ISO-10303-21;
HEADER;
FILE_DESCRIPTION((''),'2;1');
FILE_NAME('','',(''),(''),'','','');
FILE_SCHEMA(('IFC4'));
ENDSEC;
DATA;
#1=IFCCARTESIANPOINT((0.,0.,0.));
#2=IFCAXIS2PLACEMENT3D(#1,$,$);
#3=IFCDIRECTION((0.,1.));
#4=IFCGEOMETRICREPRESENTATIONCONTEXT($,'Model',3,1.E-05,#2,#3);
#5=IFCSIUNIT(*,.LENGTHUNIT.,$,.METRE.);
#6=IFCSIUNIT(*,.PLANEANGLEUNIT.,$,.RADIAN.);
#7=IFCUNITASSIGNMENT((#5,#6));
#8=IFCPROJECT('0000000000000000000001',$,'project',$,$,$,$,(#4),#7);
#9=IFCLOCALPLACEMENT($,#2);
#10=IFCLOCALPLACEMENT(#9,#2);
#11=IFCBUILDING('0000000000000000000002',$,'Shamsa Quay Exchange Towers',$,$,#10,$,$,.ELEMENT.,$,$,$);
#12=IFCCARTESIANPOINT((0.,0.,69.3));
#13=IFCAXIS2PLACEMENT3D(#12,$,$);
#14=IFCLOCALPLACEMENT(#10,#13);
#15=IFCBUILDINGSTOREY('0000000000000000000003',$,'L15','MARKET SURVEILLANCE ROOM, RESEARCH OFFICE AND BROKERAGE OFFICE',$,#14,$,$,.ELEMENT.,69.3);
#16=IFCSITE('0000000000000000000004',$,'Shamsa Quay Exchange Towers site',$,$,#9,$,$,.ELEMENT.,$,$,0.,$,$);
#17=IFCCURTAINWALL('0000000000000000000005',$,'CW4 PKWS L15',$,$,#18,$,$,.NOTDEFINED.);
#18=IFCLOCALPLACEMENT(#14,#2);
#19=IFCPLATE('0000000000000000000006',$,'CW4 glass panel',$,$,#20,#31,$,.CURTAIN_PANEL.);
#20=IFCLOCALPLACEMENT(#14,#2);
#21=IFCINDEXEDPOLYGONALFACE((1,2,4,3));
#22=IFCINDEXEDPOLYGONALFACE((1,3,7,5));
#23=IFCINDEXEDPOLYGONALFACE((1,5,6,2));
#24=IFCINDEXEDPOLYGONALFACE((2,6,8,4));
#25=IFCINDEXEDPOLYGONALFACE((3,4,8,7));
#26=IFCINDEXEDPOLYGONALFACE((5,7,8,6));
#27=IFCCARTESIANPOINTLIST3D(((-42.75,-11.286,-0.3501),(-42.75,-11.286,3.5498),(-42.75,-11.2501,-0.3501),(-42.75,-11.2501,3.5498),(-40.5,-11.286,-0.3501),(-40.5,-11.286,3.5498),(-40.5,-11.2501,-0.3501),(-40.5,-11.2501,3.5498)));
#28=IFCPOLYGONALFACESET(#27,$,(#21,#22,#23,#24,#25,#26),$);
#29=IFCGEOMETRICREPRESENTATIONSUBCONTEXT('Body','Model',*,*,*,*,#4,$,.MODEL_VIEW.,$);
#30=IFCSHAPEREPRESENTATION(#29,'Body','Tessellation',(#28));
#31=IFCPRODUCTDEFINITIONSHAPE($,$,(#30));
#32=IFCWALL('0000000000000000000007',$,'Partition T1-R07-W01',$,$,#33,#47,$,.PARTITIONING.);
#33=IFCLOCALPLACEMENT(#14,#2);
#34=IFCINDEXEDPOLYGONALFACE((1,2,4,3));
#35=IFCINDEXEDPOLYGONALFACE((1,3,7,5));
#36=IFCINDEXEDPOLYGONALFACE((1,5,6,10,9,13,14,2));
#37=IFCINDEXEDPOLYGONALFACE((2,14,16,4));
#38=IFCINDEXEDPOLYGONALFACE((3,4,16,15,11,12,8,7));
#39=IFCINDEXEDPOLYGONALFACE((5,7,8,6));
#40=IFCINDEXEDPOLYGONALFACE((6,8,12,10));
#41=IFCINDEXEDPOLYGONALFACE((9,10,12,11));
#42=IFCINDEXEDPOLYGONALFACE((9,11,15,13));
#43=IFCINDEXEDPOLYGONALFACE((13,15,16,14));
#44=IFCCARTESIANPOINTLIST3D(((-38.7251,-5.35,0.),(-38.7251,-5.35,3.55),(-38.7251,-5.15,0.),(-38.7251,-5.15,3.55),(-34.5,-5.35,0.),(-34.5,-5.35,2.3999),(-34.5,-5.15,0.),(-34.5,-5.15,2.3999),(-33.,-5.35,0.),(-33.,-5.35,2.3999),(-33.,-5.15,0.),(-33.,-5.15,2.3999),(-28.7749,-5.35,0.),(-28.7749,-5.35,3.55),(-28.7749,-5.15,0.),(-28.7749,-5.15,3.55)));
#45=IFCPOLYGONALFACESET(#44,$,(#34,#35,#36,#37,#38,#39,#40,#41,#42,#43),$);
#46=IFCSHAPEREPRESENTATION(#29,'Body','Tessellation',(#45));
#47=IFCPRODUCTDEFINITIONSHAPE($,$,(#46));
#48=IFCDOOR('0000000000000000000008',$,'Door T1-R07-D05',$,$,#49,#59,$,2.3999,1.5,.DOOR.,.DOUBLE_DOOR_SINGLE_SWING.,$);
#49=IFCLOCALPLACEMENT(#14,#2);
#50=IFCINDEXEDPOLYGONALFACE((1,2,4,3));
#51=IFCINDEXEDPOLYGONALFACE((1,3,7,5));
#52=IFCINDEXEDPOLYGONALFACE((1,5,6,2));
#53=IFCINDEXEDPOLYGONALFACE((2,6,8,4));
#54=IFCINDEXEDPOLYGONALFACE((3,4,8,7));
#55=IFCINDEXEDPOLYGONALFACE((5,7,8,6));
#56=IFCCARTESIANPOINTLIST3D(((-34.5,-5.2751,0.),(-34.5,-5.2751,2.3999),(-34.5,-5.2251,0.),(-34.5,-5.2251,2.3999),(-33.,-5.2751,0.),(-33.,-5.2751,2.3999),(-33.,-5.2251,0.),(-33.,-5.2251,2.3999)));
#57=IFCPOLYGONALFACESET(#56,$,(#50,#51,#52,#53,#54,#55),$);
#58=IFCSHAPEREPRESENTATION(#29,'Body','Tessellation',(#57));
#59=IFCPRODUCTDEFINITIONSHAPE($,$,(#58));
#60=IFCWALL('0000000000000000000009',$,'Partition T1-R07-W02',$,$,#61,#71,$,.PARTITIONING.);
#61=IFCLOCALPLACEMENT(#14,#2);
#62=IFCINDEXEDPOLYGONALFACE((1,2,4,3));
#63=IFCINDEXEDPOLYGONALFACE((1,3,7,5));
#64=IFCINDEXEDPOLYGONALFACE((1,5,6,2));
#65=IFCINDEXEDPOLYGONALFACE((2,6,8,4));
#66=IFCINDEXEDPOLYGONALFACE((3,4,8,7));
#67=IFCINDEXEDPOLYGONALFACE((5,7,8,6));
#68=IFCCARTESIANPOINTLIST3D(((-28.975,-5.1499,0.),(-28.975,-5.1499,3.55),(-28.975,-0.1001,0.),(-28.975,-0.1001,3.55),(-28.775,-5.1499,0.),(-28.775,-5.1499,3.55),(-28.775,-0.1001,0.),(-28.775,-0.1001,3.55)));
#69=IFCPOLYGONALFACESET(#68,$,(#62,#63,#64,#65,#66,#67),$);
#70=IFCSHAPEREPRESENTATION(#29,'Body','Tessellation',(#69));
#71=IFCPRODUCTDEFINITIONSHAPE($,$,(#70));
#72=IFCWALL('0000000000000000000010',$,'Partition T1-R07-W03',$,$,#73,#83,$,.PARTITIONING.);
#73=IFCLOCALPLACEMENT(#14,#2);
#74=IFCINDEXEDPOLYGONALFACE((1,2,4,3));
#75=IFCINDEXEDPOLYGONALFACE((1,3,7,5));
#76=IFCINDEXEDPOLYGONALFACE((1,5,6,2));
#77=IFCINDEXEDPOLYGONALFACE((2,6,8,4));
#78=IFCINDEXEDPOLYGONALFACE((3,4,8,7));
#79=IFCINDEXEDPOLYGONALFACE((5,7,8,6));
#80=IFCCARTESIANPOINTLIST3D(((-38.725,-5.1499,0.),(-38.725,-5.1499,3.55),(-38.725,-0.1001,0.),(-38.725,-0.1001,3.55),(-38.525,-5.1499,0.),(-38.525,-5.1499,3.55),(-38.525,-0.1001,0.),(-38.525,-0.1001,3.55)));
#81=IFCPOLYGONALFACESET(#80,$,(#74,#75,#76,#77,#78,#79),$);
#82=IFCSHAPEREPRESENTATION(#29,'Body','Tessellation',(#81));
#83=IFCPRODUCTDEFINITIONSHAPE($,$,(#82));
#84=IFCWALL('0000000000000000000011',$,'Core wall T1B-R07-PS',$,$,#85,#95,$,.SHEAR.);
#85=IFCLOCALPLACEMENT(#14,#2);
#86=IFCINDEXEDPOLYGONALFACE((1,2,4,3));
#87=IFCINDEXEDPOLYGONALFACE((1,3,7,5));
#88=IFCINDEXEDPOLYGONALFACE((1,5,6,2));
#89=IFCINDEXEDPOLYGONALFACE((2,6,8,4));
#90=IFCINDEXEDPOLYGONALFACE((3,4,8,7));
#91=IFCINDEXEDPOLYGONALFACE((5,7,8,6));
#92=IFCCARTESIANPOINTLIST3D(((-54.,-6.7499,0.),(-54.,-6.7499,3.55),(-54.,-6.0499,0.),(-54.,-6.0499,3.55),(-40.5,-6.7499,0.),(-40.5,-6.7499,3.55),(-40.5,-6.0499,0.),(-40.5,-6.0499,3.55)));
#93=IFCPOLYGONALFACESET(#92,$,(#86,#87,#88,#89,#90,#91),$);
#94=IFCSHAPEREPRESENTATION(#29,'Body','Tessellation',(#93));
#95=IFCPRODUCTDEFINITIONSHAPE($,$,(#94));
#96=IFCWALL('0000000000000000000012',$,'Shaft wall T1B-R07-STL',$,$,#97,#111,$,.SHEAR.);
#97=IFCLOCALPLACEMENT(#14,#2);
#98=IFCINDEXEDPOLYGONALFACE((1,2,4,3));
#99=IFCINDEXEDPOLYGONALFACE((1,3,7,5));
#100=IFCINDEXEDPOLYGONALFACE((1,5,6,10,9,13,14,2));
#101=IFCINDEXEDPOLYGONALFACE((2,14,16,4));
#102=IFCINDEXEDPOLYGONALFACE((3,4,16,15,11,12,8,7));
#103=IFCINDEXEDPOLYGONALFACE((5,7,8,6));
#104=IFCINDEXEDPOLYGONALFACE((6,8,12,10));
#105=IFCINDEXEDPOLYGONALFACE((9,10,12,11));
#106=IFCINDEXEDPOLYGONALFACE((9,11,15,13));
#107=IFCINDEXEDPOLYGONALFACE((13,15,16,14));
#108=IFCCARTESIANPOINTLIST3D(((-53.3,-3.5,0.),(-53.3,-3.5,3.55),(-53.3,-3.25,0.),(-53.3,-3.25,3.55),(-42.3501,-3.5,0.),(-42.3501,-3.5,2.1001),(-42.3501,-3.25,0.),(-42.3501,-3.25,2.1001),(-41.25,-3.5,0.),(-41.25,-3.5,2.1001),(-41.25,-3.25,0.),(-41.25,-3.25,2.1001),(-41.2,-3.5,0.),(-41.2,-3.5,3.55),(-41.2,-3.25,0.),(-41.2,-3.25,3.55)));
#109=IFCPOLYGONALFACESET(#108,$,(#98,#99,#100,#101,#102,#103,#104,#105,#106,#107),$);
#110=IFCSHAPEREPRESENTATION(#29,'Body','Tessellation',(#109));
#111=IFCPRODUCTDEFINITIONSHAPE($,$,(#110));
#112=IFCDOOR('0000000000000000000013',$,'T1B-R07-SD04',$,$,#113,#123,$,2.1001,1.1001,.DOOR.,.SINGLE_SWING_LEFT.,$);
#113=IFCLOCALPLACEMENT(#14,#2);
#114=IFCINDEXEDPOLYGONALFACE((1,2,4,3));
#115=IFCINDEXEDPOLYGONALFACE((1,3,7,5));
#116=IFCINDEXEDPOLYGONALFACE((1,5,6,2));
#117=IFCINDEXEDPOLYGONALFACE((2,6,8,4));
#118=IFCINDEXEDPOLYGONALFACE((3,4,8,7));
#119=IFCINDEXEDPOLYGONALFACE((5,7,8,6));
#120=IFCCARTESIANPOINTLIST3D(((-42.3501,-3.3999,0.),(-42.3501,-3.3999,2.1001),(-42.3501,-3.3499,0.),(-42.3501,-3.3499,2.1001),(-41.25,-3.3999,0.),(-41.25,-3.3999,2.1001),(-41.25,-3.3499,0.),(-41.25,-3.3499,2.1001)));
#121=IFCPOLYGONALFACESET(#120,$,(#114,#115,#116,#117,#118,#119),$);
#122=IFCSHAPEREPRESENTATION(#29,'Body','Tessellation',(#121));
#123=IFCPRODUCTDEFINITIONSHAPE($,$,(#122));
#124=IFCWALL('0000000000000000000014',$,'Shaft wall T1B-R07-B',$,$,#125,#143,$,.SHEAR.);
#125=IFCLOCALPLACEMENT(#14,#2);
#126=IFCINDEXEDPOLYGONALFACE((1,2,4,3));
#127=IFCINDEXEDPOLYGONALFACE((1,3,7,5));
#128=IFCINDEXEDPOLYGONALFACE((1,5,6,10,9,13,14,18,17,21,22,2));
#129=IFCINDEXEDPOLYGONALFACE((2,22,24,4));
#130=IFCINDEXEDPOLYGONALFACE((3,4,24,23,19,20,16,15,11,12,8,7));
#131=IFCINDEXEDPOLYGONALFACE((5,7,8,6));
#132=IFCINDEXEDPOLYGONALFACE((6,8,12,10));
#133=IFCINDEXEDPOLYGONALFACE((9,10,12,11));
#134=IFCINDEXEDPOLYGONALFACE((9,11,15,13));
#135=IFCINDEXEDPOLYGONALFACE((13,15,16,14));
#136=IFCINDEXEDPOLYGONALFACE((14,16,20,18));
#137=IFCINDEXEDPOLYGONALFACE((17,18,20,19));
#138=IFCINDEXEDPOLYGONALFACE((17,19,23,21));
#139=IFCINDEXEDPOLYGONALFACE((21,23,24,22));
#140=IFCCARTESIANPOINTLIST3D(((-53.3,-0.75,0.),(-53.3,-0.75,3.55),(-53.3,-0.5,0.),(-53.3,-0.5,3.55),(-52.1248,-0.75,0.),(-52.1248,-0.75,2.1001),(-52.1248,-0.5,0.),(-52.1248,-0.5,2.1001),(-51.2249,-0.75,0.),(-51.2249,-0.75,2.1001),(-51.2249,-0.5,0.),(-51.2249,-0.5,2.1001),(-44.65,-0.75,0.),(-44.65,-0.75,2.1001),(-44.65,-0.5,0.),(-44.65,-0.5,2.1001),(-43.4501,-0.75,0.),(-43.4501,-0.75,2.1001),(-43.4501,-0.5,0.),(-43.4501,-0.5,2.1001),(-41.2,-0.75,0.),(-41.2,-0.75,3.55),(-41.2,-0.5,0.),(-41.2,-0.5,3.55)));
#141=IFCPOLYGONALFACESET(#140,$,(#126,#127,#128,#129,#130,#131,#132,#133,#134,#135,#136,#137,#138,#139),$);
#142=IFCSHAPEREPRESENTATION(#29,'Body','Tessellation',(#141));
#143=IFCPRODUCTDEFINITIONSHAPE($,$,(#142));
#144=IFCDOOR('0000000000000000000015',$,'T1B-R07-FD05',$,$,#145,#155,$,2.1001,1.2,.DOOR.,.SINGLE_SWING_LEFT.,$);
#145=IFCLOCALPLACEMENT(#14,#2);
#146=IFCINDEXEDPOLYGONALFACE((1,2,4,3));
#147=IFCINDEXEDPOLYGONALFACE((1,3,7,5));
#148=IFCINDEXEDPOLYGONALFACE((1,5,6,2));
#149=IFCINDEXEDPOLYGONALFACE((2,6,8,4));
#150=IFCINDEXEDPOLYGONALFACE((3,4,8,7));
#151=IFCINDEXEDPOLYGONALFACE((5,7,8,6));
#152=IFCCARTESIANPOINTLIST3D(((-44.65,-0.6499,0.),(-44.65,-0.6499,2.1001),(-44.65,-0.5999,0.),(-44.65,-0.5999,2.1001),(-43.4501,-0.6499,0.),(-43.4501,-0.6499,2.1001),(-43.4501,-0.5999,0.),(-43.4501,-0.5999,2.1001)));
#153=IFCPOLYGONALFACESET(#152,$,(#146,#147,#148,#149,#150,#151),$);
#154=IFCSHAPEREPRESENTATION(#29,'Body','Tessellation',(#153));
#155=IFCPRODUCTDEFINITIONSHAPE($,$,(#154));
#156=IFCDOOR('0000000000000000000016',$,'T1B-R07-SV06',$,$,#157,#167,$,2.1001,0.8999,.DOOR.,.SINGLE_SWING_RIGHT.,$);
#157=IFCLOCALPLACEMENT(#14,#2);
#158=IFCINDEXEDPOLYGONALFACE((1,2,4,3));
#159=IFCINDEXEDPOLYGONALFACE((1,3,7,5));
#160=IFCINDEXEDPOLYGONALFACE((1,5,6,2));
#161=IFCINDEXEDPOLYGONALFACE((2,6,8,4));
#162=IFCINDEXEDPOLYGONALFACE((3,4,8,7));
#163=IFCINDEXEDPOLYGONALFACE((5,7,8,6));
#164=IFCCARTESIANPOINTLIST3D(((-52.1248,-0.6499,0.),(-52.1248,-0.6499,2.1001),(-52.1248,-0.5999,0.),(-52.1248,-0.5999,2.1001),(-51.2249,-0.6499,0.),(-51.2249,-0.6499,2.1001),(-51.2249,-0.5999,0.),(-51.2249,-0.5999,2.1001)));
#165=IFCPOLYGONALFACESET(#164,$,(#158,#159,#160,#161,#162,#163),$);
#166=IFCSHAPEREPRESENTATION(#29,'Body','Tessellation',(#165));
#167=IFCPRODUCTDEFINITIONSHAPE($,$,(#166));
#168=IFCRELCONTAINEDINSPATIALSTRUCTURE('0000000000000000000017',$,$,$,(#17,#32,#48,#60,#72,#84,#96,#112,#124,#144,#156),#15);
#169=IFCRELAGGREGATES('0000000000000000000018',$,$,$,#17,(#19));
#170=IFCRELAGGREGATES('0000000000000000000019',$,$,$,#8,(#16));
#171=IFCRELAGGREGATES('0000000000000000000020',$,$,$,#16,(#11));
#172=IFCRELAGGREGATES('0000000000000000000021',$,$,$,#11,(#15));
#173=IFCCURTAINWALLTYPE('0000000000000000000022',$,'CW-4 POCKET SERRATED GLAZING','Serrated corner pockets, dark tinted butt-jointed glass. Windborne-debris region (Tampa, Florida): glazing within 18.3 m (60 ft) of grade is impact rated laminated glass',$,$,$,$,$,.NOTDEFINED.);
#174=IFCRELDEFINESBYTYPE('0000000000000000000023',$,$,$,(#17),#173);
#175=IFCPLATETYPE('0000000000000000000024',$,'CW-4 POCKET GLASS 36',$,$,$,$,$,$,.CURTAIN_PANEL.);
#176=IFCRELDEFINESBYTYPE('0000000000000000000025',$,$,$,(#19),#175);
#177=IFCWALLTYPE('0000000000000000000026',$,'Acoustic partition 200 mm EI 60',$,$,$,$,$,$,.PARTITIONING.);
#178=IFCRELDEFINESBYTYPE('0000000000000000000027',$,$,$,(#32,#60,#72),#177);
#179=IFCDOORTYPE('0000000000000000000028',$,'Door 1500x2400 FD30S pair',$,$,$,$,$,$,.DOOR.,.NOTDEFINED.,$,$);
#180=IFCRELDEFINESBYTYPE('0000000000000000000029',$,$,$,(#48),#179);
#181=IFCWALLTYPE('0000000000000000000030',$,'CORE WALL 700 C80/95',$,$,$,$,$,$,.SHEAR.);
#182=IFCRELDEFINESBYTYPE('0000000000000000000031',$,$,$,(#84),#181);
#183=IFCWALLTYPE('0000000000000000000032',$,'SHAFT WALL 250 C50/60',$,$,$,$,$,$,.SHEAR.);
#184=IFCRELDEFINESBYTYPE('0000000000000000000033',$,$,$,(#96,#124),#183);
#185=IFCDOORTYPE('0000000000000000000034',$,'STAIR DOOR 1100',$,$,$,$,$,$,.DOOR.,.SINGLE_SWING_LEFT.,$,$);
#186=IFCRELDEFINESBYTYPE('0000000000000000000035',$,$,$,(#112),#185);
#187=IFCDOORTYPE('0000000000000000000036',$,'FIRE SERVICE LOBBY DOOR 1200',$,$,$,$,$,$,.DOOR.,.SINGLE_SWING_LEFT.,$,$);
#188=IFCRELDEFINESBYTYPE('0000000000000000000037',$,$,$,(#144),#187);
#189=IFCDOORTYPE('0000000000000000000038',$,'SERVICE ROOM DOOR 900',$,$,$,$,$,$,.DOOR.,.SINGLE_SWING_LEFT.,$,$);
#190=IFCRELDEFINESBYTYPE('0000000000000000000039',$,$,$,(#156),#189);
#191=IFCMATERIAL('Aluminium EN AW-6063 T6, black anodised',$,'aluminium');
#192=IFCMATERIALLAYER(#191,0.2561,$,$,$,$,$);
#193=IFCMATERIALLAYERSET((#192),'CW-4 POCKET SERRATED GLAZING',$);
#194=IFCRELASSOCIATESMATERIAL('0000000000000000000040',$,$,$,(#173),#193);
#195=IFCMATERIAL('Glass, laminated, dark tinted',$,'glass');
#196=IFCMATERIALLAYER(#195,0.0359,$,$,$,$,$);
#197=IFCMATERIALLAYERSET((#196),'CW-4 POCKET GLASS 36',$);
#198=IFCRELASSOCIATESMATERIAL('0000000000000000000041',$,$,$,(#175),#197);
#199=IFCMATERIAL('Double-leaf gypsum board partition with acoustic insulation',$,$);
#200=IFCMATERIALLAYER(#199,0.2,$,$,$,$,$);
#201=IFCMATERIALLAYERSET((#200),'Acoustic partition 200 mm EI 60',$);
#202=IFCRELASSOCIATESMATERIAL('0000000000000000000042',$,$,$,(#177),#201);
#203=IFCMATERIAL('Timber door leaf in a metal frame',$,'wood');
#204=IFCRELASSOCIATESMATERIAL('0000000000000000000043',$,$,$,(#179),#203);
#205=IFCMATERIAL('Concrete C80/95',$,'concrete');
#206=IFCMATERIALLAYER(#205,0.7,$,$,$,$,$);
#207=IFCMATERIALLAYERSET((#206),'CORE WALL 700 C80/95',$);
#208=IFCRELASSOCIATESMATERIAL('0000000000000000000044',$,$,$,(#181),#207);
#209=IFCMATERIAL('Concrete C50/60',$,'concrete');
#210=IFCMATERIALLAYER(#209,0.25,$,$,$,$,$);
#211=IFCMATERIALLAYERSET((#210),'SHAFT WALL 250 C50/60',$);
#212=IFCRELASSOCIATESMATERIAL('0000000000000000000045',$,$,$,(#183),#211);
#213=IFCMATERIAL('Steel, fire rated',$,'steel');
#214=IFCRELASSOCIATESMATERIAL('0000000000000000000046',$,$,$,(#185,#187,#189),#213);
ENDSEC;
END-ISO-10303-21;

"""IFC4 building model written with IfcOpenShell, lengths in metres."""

from ifc_helpers import new_model, si_unit, direction, frame, frame_2d, origin, origin_2d, place, context, subcontext, project, spatial, rectangle, extrude, material, layer, layer_set, type_object, element, fill, aggregate, save


model = new_model("IFC4")

# Units and contexts
model_context = context("Model", 3, precision=1e-05, world=origin(), true_north=direction((0.0, 1.0)))
body_context = subcontext(model_context, "Body", "Model", "MODEL_VIEW")
ifc_project = project(units=[si_unit("LENGTHUNIT", "METRE"), si_unit("PLANEANGLEUNIT", "RADIAN")], contexts=[model_context])

# Site, building, storey
site_placement = place(None, origin())
site = spatial("IfcSite", under=ifc_project, at=site_placement, Name="Shamsa Quay Exchange Towers site", CompositionType="ELEMENT", RefElevation=0.0)
building_placement = place(site_placement, origin())
building = spatial("IfcBuilding", under=site, at=building_placement, Name="Shamsa Quay Exchange Towers", CompositionType="ELEMENT")
storey_placement = place(building_placement, frame((0.0, 0.0, 69.3)))
storey = spatial("IfcBuildingStorey", under=building, at=storey_placement, Name="L15", Description="MARKET SURVEILLANCE ROOM, RESEARCH OFFICE AND BROKERAGE OFFICE", CompositionType="ELEMENT", Elevation=69.3)

# Shared definitions
ifc_material_1 = material(Name="Aluminium EN AW-6063 T6, black anodised", Category="aluminium")

# Shared definitions
ifc_material_2 = material(Name="Glass, laminated, dark tinted", Category="glass")

# Curtain wall, plate
ifc_layer_1 = layer(ifc_material_1, 0.2561)
ifc_layer_set_1 = layer_set([ifc_layer_1], Name="CW-4 POCKET SERRATED GLAZING")
curtain_wall_type_1 = type_object("IfcCurtainWallType", Name="CW-4 POCKET SERRATED GLAZING", Description="Serrated corner pockets, dark tinted butt-jointed glass. Windborne-debris region (Tampa, Florida): glazing within 18.3 m (60 ft) of grade is impact rated laminated glass", PredefinedType="NOTDEFINED", material=ifc_layer_set_1)
curtain_wall_1_placement = place(storey_placement, origin())
curtain_wall_1 = element("IfcCurtainWall", 1, at=curtain_wall_1_placement, inside=storey, type_object=curtain_wall_type_1, Name="CW4 PKWS L15", PredefinedType="NOTDEFINED")
ifc_layer_2 = layer(ifc_material_2, 0.0359)
ifc_layer_set_2 = layer_set([ifc_layer_2], Name="CW-4 POCKET GLASS 36")
plate_type_1 = type_object("IfcPlateType", Name="CW-4 POCKET GLASS 36", PredefinedType="CURTAIN_PANEL", material=ifc_layer_set_2)
plate_1_placement = place(storey_placement, frame((-41.625, -11.2681, -0.3501)))
plate_1 = element("IfcPlate", 2, at=plate_1_placement, type_object=plate_type_1, Name="CW4 glass panel", PredefinedType="CURTAIN_PANEL", context=body_context, shape_type="SweptSolid", body=[
    extrude(rectangle(XDim=2.25, YDim=0.0359, at=origin_2d()), origin(), (0.0, 0.0, 1.0), 3.8999),
])
aggregate(curtain_wall_1, [plate_1])

# Wall, opening, door
ifc_material_3 = material(Name="Double-leaf gypsum board partition with acoustic insulation")
ifc_layer_3 = layer(ifc_material_3, 0.2)
ifc_layer_set_3 = layer_set([ifc_layer_3], Name="Acoustic partition 200 mm EI 60")
wall_type_1 = type_object("IfcWallType", Name="Acoustic partition 200 mm EI 60", PredefinedType="PARTITIONING", material=ifc_layer_set_3)
wall_1_placement = place(storey_placement, frame((-38.7251, -5.25, 0.0)))
wall_1 = element("IfcWall", 3, at=wall_1_placement, inside=storey, type_object=wall_type_1, Name="Partition T1-R07-W01", PredefinedType="PARTITIONING", context=body_context, shape_type="SweptSolid", body=[
    extrude(rectangle(XDim=9.9502, YDim=0.2, at=frame_2d((4.9751, 0.0))), origin(), (0.0, 0.0, 1.0), 3.55),
])
opening_1_placement = place(wall_1_placement, frame((4.2251, 0.0, 0.0)))
opening_1 = element("IfcOpeningElement", 4, at=opening_1_placement, cuts=wall_1, PredefinedType="OPENING", context=body_context, shape_type="SweptSolid", body=[
    extrude(rectangle(XDim=1.5, YDim=2.3999, at=frame_2d((0.75, 1.2))), frame((0.0, 0.1099, 0.0), z_axis=(0.0, -1.0, 0.0), x_axis=(1.0, 0.0, 0.0)), (0.0, 0.0, 1.0), 0.22),
])
ifc_material_4 = material(Name="Timber door leaf in a metal frame", Category="wood")
door_type_1 = type_object("IfcDoorType", Name="Door 1500x2400 FD30S pair", OperationType="NOTDEFINED", PredefinedType="DOOR", material=ifc_material_4)
door_1_placement = place(opening_1_placement, origin())
door_1 = element("IfcDoor", 5, at=door_1_placement, inside=storey, type_object=door_type_1, Name="Door T1-R07-D05", OperationType="DOUBLE_DOOR_SINGLE_SWING", OverallHeight=2.3999, OverallWidth=1.5, PredefinedType="DOOR", context=body_context, shape_type="SweptSolid", body=[
    extrude(rectangle(XDim=1.5, YDim=2.3999, at=frame_2d((0.75, 1.2))), frame((0.0, 0.0249, 0.0), z_axis=(0.0, -1.0, 0.0), x_axis=(1.0, 0.0, 0.0)), (0.0, 0.0, 1.0), 0.05),
])
fill(opening_1, door_1)

# Walls
for number, where, z_axis, x_axis, name in (
    (6, (-28.875, -5.1499, 0.0), (0.0, 0.0, 1.0), (0.0, 1.0, 0.0), "Partition T1-R07-W02"),
    (7, (-38.625, -0.1001, 0.0), (0.0, 0.0, 1.0), (0.0, -1.0, 0.0), "Partition T1-R07-W03"),
):
    element("IfcWall", number, at=place(storey_placement, frame(where, z_axis=z_axis, x_axis=x_axis)), inside=storey, type_object=wall_type_1, Name=name, PredefinedType="PARTITIONING", context=body_context, shape_type="SweptSolid", body=[
        extrude(rectangle(XDim=5.0498, YDim=0.2, at=frame_2d((2.5249, 0.0))), origin(), (0.0, 0.0, 1.0), 3.55),
    ])
ifc_material_5 = material(Name="Concrete C80/95", Category="concrete")
ifc_layer_4 = layer(ifc_material_5, 0.7)
ifc_layer_set_4 = layer_set([ifc_layer_4], Name="CORE WALL 700 C80/95")
wall_type_2 = type_object("IfcWallType", Name="CORE WALL 700 C80/95", PredefinedType="SHEAR", material=ifc_layer_set_4)
wall_2_placement = place(storey_placement, frame((-40.5, -6.3999, 0.0), z_axis=(0.0, 0.0, 1.0), x_axis=(-1.0, 0.0, 0.0)))
element("IfcWall", 8, at=wall_2_placement, inside=storey, type_object=wall_type_2, Name="Core wall T1B-R07-PS", PredefinedType="SHEAR", context=body_context, shape_type="SweptSolid", body=[
    extrude(rectangle(XDim=13.5, YDim=0.7, at=frame_2d((6.75, 0.0))), origin(), (0.0, 0.0, 1.0), 3.55),
])

# Wall, opening, door
ifc_material_6 = material(Name="Steel, fire rated", Category="steel")
ifc_material_7 = material(Name="Concrete C50/60", Category="concrete")
ifc_layer_5 = layer(ifc_material_7, 0.25)
ifc_layer_set_5 = layer_set([ifc_layer_5], Name="SHAFT WALL 250 C50/60")
wall_type_3 = type_object("IfcWallType", Name="SHAFT WALL 250 C50/60", PredefinedType="SHEAR", material=ifc_layer_set_5)
wall_3_placement = place(storey_placement, frame((-41.2, -3.375, 0.0), z_axis=(0.0, 0.0, 1.0), x_axis=(-1.0, 0.0, 0.0)))
wall_3 = element("IfcWall", 9, at=wall_3_placement, inside=storey, type_object=wall_type_3, Name="Shaft wall T1B-R07-STL", PredefinedType="SHEAR", context=body_context, shape_type="SweptSolid", body=[
    extrude(rectangle(XDim=12.1001, YDim=0.25, at=frame_2d((6.05, 0.0))), origin(), (0.0, 0.0, 1.0), 3.55),
])
opening_2_placement = place(wall_3_placement, frame((0.05, 0.0, 0.0)))
opening_2 = element("IfcOpeningElement", 10, at=opening_2_placement, cuts=wall_3, PredefinedType="OPENING", context=body_context, shape_type="SweptSolid", body=[
    extrude(rectangle(XDim=1.1001, YDim=2.1001, at=frame_2d((0.55, 1.05))), frame((0.0, 0.135, 0.0), z_axis=(0.0, -1.0, 0.0), x_axis=(1.0, 0.0, 0.0)), (0.0, 0.0, 1.0), 0.27),
])
door_type_2 = type_object("IfcDoorType", Name="STAIR DOOR 1100", OperationType="SINGLE_SWING_LEFT", PredefinedType="DOOR", material=ifc_material_6)
door_2_placement = place(opening_2_placement, origin())
door_2 = element("IfcDoor", 11, at=door_2_placement, inside=storey, type_object=door_type_2, Name="T1B-R07-SD04", OperationType="SINGLE_SWING_LEFT", OverallHeight=2.1001, OverallWidth=1.1001, PredefinedType="DOOR", context=body_context, shape_type="SweptSolid", body=[
    extrude(rectangle(XDim=1.1001, YDim=2.1001, at=frame_2d((0.55, 1.05))), frame((0.0, 0.0249, 0.0), z_axis=(0.0, -1.0, 0.0), x_axis=(1.0, 0.0, 0.0)), (0.0, 0.0, 1.0), 0.05),
])
fill(opening_2, door_2)

# Wall, openings, doors
wall_4_placement = place(storey_placement, frame((-41.2, -0.625, 0.0), z_axis=(0.0, 0.0, 1.0), x_axis=(-1.0, 0.0, 0.0)))
wall_4 = element("IfcWall", 12, at=wall_4_placement, inside=storey, type_object=wall_type_3, Name="Shaft wall T1B-R07-B", PredefinedType="SHEAR", context=body_context, shape_type="SweptSolid", body=[
    extrude(rectangle(XDim=12.1001, YDim=0.25, at=frame_2d((6.05, 0.0))), origin(), (0.0, 0.0, 1.0), 3.55),
])
opening_3_placement = place(wall_4_placement, frame((2.25, 0.0, 0.0)))
opening_3 = element("IfcOpeningElement", 13, at=opening_3_placement, cuts=wall_4, PredefinedType="OPENING", context=body_context, shape_type="SweptSolid", body=[
    extrude(rectangle(XDim=1.2, YDim=2.1001, at=frame_2d((0.6001, 1.05))), frame((0.0, 0.135, 0.0), z_axis=(0.0, -1.0, 0.0), x_axis=(1.0, 0.0, 0.0)), (0.0, 0.0, 1.0), 0.27),
])
opening_4_placement = place(wall_4_placement, frame((10.0249, 0.0, 0.0)))
opening_4 = element("IfcOpeningElement", 14, at=opening_4_placement, cuts=wall_4, PredefinedType="OPENING", context=body_context, shape_type="SweptSolid", body=[
    extrude(rectangle(XDim=0.8999, YDim=2.1001, at=frame_2d((0.45, 1.05))), frame((0.0, 0.135, 0.0), z_axis=(0.0, -1.0, 0.0), x_axis=(1.0, 0.0, 0.0)), (0.0, 0.0, 1.0), 0.27),
])
door_type_3 = type_object("IfcDoorType", Name="FIRE SERVICE LOBBY DOOR 1200", OperationType="SINGLE_SWING_LEFT", PredefinedType="DOOR", material=ifc_material_6)
door_3_placement = place(opening_3_placement, origin())
door_3 = element("IfcDoor", 15, at=door_3_placement, inside=storey, type_object=door_type_3, Name="T1B-R07-FD05", OperationType="SINGLE_SWING_LEFT", OverallHeight=2.1001, OverallWidth=1.2, PredefinedType="DOOR", context=body_context, shape_type="SweptSolid", body=[
    extrude(rectangle(XDim=1.2, YDim=2.1001, at=frame_2d((0.6001, 1.05))), frame((0.0, 0.0249, 0.0), z_axis=(0.0, -1.0, 0.0), x_axis=(1.0, 0.0, 0.0)), (0.0, 0.0, 1.0), 0.05),
])
fill(opening_3, door_3)
door_type_4 = type_object("IfcDoorType", Name="SERVICE ROOM DOOR 900", OperationType="SINGLE_SWING_LEFT", PredefinedType="DOOR", material=ifc_material_6)
door_4_placement = place(opening_4_placement, origin())
door_4 = element("IfcDoor", 16, at=door_4_placement, inside=storey, type_object=door_type_4, Name="T1B-R07-SV06", OperationType="SINGLE_SWING_RIGHT", OverallHeight=2.1001, OverallWidth=0.8999, PredefinedType="DOOR", context=body_context, shape_type="SweptSolid", body=[
    extrude(rectangle(XDim=0.8999, YDim=2.1001, at=frame_2d((0.45, 1.05))), frame((0.0, 0.0249, 0.0), z_axis=(0.0, -1.0, 0.0), x_axis=(1.0, 0.0, 0.0)), (0.0, 0.0, 1.0), 0.05),
])
fill(opening_4, door_4)

save(model, "model.ifc")
